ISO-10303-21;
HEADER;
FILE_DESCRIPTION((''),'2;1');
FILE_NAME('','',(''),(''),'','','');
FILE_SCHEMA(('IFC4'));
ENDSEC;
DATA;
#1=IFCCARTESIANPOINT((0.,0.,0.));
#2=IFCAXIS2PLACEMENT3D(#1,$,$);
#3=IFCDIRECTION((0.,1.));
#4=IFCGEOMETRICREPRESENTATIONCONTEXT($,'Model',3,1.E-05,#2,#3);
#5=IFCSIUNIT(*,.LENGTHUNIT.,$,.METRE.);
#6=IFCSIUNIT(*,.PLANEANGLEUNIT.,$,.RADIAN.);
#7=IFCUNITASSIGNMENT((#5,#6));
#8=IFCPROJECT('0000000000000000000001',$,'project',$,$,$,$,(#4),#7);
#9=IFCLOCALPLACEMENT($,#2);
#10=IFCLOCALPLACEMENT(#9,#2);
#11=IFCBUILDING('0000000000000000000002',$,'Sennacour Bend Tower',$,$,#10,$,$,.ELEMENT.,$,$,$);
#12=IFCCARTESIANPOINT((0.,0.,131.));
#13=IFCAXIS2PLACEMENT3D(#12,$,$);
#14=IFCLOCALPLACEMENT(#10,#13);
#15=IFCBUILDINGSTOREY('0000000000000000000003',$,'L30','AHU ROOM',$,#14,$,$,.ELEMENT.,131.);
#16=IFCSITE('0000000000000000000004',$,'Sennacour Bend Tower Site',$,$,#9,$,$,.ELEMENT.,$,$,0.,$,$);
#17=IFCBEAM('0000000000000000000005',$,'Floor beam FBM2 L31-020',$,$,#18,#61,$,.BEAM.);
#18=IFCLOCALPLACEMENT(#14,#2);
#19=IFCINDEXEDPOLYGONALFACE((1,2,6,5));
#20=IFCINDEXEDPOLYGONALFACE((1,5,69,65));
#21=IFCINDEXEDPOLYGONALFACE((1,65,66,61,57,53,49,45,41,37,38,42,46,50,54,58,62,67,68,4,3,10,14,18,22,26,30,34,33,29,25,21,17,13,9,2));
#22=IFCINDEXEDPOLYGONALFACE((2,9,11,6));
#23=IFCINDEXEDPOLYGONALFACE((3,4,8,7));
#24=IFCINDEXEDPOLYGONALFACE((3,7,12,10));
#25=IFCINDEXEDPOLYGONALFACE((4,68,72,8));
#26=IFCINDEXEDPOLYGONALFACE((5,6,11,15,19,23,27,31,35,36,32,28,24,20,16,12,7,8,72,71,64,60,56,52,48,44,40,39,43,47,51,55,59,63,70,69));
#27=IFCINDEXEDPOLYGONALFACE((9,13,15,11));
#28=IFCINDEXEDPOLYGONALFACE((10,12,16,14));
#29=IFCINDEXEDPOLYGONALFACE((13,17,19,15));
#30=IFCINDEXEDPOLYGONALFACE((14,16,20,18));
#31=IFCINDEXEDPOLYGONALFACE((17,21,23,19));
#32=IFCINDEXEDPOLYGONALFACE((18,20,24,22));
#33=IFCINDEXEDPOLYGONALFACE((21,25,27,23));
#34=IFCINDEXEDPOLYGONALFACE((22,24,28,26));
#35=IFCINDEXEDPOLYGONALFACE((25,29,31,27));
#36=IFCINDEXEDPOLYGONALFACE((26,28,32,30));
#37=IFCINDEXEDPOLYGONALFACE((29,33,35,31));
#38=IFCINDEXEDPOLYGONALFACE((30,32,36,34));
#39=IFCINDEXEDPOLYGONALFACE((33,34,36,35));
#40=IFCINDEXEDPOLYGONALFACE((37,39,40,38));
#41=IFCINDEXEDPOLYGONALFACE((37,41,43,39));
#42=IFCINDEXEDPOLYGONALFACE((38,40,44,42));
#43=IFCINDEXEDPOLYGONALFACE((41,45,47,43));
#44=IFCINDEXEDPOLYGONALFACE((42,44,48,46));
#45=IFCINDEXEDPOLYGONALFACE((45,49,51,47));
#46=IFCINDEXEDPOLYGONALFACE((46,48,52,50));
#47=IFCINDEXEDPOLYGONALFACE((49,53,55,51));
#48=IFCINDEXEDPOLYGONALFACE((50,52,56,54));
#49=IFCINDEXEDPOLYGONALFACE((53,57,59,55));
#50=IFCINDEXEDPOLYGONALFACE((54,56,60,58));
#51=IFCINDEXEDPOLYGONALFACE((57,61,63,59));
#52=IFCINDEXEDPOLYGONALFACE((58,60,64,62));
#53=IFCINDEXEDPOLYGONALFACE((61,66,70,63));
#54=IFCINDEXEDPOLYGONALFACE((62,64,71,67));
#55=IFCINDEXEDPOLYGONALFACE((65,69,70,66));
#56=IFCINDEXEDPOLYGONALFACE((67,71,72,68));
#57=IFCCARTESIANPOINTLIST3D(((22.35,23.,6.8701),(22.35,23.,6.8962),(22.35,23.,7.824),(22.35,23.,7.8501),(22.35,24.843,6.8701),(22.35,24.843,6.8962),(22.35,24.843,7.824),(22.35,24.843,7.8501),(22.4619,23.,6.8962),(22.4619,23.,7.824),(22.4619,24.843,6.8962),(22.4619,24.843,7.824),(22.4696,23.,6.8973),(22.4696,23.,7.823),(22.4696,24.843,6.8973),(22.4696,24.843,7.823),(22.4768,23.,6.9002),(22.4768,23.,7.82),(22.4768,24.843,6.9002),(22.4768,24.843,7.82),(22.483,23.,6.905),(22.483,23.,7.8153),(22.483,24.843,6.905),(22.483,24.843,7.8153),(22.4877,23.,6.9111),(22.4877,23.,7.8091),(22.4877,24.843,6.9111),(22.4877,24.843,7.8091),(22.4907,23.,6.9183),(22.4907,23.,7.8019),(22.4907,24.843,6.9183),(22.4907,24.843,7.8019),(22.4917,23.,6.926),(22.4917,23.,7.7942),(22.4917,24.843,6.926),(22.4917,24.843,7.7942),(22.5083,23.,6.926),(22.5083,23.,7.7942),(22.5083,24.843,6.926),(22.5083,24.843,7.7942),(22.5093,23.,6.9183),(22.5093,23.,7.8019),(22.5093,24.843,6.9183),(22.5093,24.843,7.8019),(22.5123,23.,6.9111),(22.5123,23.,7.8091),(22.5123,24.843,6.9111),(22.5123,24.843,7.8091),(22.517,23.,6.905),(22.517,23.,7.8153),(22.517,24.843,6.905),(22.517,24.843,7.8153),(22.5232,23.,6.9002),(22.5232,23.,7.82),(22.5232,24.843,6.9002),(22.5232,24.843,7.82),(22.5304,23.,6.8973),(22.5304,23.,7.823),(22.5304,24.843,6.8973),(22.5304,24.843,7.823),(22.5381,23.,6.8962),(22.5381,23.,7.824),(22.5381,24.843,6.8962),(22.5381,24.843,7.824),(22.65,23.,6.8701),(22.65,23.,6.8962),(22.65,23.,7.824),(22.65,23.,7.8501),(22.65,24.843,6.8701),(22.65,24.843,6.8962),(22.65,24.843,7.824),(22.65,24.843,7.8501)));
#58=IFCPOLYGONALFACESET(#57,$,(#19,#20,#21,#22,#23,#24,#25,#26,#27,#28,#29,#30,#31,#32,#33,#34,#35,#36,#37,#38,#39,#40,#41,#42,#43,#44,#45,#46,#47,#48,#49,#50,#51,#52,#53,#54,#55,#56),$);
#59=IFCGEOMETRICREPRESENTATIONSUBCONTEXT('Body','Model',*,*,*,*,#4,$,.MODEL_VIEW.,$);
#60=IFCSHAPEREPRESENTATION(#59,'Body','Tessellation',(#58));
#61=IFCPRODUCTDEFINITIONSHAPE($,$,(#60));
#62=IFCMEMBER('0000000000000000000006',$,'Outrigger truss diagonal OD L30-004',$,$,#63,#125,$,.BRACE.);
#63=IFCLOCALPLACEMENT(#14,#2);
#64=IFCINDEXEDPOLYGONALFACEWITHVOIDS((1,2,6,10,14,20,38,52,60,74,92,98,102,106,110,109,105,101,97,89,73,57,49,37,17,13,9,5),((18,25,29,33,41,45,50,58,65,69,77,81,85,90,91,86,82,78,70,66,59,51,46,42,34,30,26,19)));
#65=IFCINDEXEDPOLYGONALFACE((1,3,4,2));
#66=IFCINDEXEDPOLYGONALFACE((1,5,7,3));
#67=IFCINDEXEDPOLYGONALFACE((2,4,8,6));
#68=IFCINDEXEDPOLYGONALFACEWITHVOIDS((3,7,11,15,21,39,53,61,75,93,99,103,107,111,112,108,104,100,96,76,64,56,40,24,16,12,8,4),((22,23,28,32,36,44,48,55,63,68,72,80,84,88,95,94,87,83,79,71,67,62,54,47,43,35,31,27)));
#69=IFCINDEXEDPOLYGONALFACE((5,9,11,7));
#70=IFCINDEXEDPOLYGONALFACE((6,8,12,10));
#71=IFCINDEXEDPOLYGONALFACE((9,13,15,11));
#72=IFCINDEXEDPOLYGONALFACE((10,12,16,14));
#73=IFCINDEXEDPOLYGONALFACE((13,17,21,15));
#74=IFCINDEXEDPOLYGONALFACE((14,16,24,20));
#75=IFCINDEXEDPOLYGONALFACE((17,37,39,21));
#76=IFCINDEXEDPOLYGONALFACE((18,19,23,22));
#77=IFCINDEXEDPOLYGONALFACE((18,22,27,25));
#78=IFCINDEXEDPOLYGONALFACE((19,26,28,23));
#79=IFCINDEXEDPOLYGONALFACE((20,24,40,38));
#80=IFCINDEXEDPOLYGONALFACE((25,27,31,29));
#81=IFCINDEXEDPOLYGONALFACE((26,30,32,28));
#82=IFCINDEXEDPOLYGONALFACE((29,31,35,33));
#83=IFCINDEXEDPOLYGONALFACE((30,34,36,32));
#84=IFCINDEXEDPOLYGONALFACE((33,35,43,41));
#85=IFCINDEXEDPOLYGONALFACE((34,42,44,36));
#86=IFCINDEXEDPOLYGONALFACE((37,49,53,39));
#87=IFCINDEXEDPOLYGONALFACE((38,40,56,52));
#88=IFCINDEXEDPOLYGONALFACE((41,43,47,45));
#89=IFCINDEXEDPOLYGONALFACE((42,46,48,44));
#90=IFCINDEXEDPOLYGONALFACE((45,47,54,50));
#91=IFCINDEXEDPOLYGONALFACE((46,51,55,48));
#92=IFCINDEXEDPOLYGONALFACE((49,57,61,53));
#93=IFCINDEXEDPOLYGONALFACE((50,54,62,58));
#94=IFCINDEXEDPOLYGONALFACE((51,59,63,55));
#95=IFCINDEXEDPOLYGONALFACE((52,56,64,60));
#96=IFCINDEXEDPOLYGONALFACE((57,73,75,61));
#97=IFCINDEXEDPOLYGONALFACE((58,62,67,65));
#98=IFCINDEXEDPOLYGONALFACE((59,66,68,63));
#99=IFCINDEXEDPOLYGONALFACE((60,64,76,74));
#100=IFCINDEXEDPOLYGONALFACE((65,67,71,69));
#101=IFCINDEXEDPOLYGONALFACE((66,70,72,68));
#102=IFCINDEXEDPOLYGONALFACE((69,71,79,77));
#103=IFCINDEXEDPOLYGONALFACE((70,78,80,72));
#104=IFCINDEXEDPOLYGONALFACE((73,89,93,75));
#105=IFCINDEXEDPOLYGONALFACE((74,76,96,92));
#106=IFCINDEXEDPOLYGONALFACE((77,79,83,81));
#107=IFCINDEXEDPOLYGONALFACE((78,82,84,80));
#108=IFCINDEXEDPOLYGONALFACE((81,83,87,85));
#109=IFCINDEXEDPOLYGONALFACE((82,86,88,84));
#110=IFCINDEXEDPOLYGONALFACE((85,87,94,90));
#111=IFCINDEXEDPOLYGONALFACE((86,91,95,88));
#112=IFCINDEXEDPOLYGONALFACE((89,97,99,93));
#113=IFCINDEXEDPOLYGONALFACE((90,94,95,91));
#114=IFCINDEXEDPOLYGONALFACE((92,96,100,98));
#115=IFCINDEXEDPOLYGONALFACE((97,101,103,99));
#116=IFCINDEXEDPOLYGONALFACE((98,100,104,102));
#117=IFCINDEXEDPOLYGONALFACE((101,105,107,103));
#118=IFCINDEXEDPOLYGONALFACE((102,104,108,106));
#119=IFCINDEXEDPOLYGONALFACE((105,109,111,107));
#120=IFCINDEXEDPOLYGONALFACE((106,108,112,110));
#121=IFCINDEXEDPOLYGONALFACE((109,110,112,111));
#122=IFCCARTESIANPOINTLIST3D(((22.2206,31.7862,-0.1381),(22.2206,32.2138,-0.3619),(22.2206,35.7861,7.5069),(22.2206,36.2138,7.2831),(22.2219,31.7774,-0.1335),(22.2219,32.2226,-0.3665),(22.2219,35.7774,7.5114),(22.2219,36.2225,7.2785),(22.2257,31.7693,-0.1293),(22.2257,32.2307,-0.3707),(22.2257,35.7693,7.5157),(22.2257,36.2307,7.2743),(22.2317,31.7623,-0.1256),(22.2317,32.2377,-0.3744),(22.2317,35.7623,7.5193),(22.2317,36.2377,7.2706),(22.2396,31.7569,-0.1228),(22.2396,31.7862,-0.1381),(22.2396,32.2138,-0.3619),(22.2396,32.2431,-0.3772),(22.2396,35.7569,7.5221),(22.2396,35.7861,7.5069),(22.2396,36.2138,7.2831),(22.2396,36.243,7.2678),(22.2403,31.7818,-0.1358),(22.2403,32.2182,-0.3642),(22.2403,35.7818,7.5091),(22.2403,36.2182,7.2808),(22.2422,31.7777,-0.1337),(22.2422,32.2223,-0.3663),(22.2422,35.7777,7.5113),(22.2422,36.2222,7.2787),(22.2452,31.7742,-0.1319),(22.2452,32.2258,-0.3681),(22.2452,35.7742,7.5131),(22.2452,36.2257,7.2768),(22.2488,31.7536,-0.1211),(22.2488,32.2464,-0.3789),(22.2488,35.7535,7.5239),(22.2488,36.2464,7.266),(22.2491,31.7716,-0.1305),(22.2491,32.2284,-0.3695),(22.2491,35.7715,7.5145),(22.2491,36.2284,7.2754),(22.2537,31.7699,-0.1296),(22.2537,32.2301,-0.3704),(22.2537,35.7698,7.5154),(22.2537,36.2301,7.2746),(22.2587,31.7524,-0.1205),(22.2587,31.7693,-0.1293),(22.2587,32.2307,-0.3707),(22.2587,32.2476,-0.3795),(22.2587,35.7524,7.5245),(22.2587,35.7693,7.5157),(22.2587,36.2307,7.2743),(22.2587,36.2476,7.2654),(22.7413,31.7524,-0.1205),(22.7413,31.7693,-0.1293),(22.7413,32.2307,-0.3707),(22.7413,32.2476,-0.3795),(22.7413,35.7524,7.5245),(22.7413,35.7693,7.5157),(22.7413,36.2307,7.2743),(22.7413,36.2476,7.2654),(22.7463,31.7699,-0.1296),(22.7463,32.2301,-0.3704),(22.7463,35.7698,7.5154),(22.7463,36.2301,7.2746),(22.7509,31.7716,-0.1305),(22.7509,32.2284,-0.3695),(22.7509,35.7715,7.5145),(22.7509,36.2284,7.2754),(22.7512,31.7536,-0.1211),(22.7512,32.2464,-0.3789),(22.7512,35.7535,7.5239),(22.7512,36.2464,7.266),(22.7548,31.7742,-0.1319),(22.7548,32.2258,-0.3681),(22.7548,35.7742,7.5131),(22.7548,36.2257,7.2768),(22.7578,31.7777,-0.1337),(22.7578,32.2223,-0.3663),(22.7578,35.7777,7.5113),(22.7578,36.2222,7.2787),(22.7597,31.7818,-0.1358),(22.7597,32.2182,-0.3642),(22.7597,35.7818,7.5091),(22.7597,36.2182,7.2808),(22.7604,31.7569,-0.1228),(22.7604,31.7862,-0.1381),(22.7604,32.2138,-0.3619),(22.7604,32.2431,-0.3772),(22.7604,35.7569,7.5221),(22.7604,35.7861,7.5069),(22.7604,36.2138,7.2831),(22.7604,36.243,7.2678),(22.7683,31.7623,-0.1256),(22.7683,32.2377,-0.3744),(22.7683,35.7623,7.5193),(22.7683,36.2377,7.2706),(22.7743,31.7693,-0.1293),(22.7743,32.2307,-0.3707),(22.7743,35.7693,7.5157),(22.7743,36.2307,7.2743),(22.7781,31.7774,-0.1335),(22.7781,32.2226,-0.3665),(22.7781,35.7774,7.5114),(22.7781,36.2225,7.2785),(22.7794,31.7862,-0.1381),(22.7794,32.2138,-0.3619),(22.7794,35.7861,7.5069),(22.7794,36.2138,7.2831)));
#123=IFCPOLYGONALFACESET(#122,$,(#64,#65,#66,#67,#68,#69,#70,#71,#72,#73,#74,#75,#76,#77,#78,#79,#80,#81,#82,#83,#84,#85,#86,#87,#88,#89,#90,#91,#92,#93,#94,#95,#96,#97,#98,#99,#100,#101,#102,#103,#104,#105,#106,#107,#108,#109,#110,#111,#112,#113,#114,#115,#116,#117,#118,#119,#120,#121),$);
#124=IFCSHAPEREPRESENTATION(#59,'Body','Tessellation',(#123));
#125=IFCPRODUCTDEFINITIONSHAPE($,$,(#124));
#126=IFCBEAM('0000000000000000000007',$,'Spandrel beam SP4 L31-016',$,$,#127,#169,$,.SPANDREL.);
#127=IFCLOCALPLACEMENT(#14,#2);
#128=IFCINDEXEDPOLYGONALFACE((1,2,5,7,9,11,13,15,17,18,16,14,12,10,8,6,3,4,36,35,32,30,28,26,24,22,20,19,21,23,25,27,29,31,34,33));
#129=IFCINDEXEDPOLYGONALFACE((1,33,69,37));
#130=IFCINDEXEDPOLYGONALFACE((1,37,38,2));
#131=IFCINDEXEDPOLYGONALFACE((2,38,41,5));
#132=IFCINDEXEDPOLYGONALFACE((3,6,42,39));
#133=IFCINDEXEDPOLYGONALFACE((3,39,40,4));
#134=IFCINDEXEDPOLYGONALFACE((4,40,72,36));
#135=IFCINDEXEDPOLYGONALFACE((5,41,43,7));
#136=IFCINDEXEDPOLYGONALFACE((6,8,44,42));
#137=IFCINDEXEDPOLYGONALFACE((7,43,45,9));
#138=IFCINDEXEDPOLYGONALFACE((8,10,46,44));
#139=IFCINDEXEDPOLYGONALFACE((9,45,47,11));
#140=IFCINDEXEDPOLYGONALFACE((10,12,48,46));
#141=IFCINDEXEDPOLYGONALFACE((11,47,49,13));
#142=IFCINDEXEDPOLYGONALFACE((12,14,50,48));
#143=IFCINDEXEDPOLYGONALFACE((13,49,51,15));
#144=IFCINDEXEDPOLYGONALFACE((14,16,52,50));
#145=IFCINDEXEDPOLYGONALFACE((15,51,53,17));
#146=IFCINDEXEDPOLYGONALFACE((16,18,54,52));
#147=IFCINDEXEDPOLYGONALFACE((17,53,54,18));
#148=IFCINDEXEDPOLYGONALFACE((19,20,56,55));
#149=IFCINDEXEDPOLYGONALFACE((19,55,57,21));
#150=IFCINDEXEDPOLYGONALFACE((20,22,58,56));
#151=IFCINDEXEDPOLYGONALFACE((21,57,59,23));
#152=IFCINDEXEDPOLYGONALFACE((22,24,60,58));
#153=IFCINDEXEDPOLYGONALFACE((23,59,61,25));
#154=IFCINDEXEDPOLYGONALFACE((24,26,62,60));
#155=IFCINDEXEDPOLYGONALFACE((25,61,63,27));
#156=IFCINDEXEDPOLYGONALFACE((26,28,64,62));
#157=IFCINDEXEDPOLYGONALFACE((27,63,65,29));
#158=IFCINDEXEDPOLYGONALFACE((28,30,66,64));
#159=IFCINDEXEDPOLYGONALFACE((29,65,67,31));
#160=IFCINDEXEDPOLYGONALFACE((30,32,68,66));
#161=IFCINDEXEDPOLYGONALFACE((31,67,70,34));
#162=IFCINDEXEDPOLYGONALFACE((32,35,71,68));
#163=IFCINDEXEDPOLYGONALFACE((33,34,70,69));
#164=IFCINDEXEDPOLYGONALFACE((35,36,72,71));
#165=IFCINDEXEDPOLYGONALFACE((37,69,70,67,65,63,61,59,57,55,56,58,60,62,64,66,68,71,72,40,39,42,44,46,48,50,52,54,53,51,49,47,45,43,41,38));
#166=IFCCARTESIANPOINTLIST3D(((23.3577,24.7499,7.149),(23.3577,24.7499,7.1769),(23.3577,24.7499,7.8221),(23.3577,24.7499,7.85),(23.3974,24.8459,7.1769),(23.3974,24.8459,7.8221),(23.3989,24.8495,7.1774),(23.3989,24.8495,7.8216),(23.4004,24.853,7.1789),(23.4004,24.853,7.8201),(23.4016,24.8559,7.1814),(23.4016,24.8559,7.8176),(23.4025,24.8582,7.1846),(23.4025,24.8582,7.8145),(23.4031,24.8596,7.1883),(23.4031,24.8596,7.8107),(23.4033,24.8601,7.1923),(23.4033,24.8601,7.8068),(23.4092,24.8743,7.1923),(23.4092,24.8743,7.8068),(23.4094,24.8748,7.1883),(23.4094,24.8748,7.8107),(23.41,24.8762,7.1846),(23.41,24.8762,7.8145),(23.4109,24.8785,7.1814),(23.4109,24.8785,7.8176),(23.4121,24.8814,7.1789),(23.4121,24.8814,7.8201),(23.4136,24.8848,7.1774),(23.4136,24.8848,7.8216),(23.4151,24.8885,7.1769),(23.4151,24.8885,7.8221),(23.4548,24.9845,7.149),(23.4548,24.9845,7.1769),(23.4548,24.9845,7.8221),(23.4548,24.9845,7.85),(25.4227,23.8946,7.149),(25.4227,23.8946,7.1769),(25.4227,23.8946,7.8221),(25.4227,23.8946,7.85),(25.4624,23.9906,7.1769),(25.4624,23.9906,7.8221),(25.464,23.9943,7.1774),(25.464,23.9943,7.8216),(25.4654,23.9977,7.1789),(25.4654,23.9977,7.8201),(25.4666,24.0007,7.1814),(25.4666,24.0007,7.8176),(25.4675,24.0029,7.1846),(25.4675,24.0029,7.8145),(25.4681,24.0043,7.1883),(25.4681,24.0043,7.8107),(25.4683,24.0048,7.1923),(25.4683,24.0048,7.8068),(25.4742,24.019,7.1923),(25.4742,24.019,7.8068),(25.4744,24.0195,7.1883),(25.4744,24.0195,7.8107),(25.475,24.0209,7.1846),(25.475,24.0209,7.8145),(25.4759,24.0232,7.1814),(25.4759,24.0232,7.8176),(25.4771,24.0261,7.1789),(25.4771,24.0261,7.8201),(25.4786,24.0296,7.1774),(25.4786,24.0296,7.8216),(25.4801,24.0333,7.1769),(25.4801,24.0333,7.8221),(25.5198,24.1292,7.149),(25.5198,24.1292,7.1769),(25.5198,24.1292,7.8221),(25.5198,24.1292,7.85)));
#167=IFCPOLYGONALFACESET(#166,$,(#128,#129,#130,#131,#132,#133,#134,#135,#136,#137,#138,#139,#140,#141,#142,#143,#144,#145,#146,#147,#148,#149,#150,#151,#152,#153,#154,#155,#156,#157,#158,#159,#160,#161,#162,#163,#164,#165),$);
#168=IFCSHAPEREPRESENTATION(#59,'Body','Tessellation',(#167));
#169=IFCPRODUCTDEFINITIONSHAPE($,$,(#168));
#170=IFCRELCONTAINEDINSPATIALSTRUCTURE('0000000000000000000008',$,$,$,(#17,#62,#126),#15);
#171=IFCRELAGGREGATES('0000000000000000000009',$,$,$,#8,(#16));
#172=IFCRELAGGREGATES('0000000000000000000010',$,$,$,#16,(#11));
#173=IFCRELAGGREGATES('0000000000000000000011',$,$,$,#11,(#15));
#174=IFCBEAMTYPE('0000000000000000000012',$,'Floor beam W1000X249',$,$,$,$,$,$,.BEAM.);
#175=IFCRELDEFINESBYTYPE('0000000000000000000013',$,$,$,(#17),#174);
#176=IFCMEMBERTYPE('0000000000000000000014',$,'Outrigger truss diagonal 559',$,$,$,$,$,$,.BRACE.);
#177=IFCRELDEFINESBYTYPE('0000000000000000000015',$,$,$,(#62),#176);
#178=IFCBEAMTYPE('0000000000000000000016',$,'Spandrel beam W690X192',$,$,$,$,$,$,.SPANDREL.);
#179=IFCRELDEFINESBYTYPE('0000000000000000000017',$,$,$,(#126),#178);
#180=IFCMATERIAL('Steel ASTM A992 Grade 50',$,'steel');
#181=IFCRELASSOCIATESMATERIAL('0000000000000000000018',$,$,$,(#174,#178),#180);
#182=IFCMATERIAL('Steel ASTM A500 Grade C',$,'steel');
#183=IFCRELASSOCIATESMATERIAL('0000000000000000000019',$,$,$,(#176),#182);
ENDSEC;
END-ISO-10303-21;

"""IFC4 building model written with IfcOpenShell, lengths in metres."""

from ifc_helpers import new_model, si_unit, direction, frame, origin, origin_2d, place, context, subcontext, project, spatial, hollow_rectangle, i_section, extrude, material, material_profile, profile_set, type_object, element, save


model = new_model("IFC4")

# Units and contexts
model_context = context("Model", 3, precision=1e-05, world=origin(), true_north=direction((0.0, 1.0)))
body_context = subcontext(model_context, "Body", "Model", "MODEL_VIEW")
ifc_project = project(units=[si_unit("LENGTHUNIT", "METRE"), si_unit("PLANEANGLEUNIT", "RADIAN")], contexts=[model_context])

# Site, building, storey
site_placement = place(None, origin())
site = spatial("IfcSite", under=ifc_project, at=site_placement, Name="Sennacour Bend Tower Site", CompositionType="ELEMENT", RefElevation=0.0)
building_placement = place(site_placement, origin())
building = spatial("IfcBuilding", under=site, at=building_placement, Name="Sennacour Bend Tower", CompositionType="ELEMENT")
storey_placement = place(building_placement, frame((0.0, 0.0, 131.0)))
storey = spatial("IfcBuildingStorey", under=building, at=storey_placement, Name="L30", Description="AHU ROOM", CompositionType="ELEMENT", Elevation=131.0)

# Shared definitions
ifc_material_1 = material(Name="Steel ASTM A992 Grade 50", Category="steel")
ifc_material_2 = material(Name="Steel ASTM A500 Grade C", Category="steel")

# Beam
ifc_material_profile_1 = material_profile(ifc_material_1, i_section(OverallWidth=0.3, OverallDepth=0.98, WebThickness=0.0166, FlangeThickness=0.0261, FilletRadius=0.0298, at=origin_2d()), Name="Steel ASTM A992 Grade 50", Category="steel")
ifc_profile_set_1 = profile_set([ifc_material_profile_1], Name="Steel ASTM A992 Grade 50")
beam_type_1 = type_object("IfcBeamType", Name="Floor beam W1000X249", PredefinedType="BEAM", material=ifc_profile_set_1)
beam_1_placement = place(storey_placement, frame((22.5, 23.0, 7.3601), z_axis=(0.0, 1.0, 0.0), x_axis=(-1.0, 0.0, 0.0)))
element("IfcBeam", 1, at=beam_1_placement, inside=storey, type_object=beam_type_1, Name="Floor beam FBM2 L31-020", PredefinedType="BEAM", context=body_context, shape_type="SweptSolid", body=[
    extrude(i_section(OverallWidth=0.3, OverallDepth=0.98, WebThickness=0.0166, FlangeThickness=0.0261, FilletRadius=0.0298, at=origin_2d()), origin(), (0.0, 0.0, 1.0), 1.843),
])

# Member
ifc_material_profile_2 = material_profile(ifc_material_2, hollow_rectangle(XDim=0.5588, YDim=0.5588, WallThickness=0.019, InnerFilletRadius=0.019, OuterFilletRadius=0.0381, at=origin_2d()), Name="Steel ASTM A500 Grade C", Category="steel")
ifc_profile_set_2 = profile_set([ifc_material_profile_2], Name="Steel ASTM A500 Grade C")
member_type_1 = type_object("IfcMemberType", Name="Outrigger truss diagonal 559", PredefinedType="BRACE", material=ifc_profile_set_2)
member_1_placement = place(storey_placement, frame((22.5, 32.0, -0.25), z_axis=(0.0, 0.463595, 0.886047), x_axis=(-1.0, 0.0, 0.0)))
element("IfcMember", 2, at=member_1_placement, inside=storey, type_object=member_type_1, Name="Outrigger truss diagonal OD L30-004", PredefinedType="BRACE", context=body_context, shape_type="SweptSolid", body=[
    extrude(hollow_rectangle(XDim=0.5588, YDim=0.5588, WallThickness=0.019, InnerFilletRadius=0.019, OuterFilletRadius=0.0381, at=origin_2d()), origin(), (0.0, 0.0, 1.0), 8.6282),
])

# Beam
ifc_material_profile_3 = material_profile(ifc_material_1, i_section(OverallWidth=0.2539, OverallDepth=0.7009, WebThickness=0.0154, FlangeThickness=0.0278, FilletRadius=0.0154, at=origin_2d()), Name="Steel ASTM A992 Grade 50", Category="steel")
ifc_profile_set_3 = profile_set([ifc_material_profile_3], Name="Steel ASTM A992 Grade 50")
beam_type_2 = type_object("IfcBeamType", Name="Spandrel beam W690X192", PredefinedType="SPANDREL", material=ifc_profile_set_3)
beam_2_placement = place(storey_placement, frame((23.4062, 24.8672, 7.4995), z_axis=(0.923896, -0.382644, 0.0), x_axis=(0.382644, 0.923896, 0.0)))
element("IfcBeam", 3, at=beam_2_placement, inside=storey, type_object=beam_type_2, Name="Spandrel beam SP4 L31-016", PredefinedType="SPANDREL", context=body_context, shape_type="SweptSolid", body=[
    extrude(i_section(OverallWidth=0.2539, OverallDepth=0.7009, WebThickness=0.0154, FlangeThickness=0.0278, FilletRadius=0.0154, at=origin_2d()), origin(), (0.0, 0.0, 1.0), 2.2351),
])

save(model, "model.ifc")
